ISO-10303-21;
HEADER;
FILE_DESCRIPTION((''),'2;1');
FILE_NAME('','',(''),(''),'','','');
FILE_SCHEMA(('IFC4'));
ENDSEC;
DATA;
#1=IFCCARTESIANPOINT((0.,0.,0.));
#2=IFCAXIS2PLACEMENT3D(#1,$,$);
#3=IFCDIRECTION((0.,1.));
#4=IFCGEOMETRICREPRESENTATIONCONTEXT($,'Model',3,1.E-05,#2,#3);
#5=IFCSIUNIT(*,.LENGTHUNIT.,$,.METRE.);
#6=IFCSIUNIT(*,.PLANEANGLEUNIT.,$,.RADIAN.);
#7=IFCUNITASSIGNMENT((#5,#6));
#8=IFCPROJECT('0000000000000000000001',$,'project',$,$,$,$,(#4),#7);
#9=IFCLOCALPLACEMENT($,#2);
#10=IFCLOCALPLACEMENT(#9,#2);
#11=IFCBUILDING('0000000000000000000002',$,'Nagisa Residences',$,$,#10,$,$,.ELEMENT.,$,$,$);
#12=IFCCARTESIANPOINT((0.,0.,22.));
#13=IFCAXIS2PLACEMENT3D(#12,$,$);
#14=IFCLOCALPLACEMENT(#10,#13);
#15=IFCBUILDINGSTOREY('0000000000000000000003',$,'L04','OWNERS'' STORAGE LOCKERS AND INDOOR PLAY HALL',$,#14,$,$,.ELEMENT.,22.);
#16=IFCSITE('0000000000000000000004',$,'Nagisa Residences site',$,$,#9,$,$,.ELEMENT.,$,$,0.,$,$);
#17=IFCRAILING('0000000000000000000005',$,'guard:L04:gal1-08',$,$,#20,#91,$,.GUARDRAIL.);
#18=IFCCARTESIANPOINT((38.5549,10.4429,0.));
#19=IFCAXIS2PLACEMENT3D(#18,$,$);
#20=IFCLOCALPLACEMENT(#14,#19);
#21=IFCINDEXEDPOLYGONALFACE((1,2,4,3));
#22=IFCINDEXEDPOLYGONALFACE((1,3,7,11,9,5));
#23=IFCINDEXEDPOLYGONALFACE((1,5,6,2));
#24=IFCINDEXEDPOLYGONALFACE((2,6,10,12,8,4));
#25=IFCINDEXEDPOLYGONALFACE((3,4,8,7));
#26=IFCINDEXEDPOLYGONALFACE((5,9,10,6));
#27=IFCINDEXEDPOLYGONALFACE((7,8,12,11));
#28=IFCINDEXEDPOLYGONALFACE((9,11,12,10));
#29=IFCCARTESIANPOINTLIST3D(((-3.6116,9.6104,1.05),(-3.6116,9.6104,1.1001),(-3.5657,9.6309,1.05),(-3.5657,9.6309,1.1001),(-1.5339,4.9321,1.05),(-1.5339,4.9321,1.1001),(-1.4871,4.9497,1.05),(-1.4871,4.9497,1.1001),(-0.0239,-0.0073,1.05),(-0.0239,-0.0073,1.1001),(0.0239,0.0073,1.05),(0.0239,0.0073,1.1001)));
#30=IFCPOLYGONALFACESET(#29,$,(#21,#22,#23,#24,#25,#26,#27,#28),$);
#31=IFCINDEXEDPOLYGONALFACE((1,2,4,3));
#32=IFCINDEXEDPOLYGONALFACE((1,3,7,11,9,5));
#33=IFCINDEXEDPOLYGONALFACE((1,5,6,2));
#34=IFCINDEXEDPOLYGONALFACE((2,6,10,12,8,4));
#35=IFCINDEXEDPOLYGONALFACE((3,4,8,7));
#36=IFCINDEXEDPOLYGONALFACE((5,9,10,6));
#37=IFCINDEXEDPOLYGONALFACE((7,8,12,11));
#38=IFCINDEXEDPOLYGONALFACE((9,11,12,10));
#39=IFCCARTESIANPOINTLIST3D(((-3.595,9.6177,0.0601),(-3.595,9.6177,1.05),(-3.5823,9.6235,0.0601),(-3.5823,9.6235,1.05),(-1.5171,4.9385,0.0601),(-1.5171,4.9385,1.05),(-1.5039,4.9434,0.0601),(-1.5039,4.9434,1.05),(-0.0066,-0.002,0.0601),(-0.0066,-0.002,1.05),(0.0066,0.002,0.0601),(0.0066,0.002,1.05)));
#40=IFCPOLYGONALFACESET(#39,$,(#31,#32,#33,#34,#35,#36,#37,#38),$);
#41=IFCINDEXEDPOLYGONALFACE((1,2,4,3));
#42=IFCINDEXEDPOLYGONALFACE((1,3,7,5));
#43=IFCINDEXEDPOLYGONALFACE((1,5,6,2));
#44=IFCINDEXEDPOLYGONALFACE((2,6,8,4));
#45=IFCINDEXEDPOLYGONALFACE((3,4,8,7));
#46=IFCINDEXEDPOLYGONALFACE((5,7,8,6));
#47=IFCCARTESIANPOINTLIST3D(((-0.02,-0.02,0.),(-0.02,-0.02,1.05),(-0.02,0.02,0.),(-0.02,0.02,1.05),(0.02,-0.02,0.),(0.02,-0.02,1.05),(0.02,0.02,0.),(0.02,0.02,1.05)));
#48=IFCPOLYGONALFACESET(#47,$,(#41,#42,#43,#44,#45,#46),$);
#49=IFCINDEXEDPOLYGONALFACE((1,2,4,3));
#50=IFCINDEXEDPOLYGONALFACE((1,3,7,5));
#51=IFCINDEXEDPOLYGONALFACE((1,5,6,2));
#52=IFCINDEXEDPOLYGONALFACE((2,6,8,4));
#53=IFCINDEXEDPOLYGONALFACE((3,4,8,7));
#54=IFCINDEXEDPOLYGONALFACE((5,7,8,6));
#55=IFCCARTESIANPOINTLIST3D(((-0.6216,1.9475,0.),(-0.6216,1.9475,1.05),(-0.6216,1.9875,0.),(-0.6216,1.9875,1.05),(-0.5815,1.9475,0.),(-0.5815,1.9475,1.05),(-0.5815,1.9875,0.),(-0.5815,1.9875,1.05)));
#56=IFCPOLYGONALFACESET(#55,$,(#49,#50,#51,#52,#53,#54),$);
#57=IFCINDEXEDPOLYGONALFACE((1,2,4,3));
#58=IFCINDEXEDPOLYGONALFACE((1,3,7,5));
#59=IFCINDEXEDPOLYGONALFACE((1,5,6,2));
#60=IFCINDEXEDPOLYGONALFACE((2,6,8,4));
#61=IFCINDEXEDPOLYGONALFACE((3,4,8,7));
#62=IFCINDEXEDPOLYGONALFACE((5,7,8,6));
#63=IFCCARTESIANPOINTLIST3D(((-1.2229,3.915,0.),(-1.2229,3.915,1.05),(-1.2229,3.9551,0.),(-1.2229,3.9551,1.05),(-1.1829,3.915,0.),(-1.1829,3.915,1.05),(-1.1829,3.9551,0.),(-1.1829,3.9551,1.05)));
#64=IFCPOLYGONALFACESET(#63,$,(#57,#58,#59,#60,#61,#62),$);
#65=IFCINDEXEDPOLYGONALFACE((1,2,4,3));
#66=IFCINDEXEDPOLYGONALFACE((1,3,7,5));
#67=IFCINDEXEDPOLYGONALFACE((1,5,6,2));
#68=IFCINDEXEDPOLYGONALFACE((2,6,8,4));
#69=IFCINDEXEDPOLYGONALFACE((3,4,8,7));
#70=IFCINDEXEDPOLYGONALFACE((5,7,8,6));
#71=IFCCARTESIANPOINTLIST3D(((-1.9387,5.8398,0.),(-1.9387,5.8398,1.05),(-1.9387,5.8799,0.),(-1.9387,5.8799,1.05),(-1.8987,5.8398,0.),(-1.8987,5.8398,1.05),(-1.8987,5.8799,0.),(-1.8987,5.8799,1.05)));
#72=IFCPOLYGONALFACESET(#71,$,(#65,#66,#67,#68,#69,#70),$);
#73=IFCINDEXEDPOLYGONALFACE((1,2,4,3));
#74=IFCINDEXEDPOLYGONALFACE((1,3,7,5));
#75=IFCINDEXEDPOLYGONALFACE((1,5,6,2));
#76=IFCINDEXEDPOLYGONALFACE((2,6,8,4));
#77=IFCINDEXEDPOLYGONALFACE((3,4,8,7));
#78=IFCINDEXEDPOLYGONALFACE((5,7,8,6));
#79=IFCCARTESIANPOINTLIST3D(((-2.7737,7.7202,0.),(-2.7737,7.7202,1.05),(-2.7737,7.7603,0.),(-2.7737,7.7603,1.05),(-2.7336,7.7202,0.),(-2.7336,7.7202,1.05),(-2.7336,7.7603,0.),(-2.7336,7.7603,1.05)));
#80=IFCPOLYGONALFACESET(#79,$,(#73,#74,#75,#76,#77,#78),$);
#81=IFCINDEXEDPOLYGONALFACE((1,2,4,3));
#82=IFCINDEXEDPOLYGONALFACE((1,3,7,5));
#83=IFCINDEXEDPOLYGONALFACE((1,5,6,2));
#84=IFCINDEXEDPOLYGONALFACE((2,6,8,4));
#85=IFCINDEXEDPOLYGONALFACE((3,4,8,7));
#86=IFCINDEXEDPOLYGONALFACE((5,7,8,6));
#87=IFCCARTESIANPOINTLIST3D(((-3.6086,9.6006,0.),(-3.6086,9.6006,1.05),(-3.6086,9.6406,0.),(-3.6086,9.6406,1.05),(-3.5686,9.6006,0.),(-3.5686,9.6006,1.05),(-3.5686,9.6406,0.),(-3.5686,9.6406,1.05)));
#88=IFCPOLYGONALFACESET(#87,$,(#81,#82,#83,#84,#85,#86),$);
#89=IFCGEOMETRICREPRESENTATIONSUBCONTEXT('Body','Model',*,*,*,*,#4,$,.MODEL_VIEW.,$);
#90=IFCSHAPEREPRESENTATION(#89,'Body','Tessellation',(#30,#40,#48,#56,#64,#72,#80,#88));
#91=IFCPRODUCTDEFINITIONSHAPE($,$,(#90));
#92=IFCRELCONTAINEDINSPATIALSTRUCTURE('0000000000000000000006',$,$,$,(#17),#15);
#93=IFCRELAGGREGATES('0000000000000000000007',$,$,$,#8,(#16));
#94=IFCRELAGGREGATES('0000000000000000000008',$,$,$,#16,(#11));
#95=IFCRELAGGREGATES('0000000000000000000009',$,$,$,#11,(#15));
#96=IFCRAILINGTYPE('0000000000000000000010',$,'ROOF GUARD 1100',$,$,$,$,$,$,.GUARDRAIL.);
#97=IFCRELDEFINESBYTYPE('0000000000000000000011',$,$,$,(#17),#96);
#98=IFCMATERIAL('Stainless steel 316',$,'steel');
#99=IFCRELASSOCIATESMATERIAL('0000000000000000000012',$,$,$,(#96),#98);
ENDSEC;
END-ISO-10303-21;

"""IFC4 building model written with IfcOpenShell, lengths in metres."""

from ifc_helpers import new_model, si_unit, direction, frame, origin, origin_2d, place, context, subcontext, project, spatial, polyline, rectangle, outline, extrude, material, type_object, element, save


model = new_model("IFC4")

# Units and contexts
model_context = context("Model", 3, precision=1e-05, world=origin(), true_north=direction((0.0, 1.0)))
body_context = subcontext(model_context, "Body", "Model", "MODEL_VIEW")
ifc_project = project(units=[si_unit("LENGTHUNIT", "METRE"), si_unit("PLANEANGLEUNIT", "RADIAN")], contexts=[model_context])

# Site, building, storey
site_placement = place(None, origin())
site = spatial("IfcSite", under=ifc_project, at=site_placement, Name="Nagisa Residences site", CompositionType="ELEMENT", RefElevation=0.0)
building_placement = place(site_placement, origin())
building = spatial("IfcBuilding", under=site, at=building_placement, Name="Nagisa Residences", CompositionType="ELEMENT")
storey_placement = place(building_placement, frame((0.0, 0.0, 22.0)))
storey = spatial("IfcBuildingStorey", under=building, at=storey_placement, Name="L04", Description="OWNERS' STORAGE LOCKERS AND INDOOR PLAY HALL", CompositionType="ELEMENT", Elevation=22.0)

# Railing
ifc_material_1 = material(Name="Stainless steel 316", Category="steel")
railing_type = type_object("IfcRailingType", Name="ROOF GUARD 1100", PredefinedType="GUARDRAIL", material=ifc_material_1)
railing_1_placement = place(storey_placement, frame((38.5549, 10.4429, 0.0)))
element("IfcRailing", 1, at=railing_1_placement, inside=storey, type_object=railing_type, Name="guard:L04:gal1-08", PredefinedType="GUARDRAIL", context=body_context, shape_type="SweptSolid", body=[
    extrude(outline(polyline([(-1.5339, 4.9321), (-0.0239, -0.0073), (0.0239, 0.0073), (-1.4871, 4.9497), (-3.5657, 9.6309), (-3.6116, 9.6104), (-1.5339, 4.9321)])), frame((0.0, 0.0, 1.05)), (0.0, 0.0, 1.0), 0.05),
    extrude(outline(polyline([(-1.5171, 4.9385), (-0.0066, -0.002), (0.0066, 0.002), (-1.5039, 4.9434), (-3.5823, 9.6235), (-3.595, 9.6177), (-1.5171, 4.9385)])), frame((0.0, 0.0, 0.0601)), (0.0, 0.0, 1.0), 0.99),
    extrude(rectangle(XDim=0.04, YDim=0.04, at=origin_2d()), origin(), (0.0, 0.0, 1.0), 1.05),
    extrude(rectangle(XDim=0.04, YDim=0.04, at=origin_2d()), frame((-0.6016, 1.9675, 0.0)), (0.0, 0.0, 1.0), 1.05),
    extrude(rectangle(XDim=0.04, YDim=0.04, at=origin_2d()), frame((-1.2029, 3.9351, 0.0)), (0.0, 0.0, 1.0), 1.05),
    extrude(rectangle(XDim=0.04, YDim=0.04, at=origin_2d()), frame((-1.9187, 5.8599, 0.0)), (0.0, 0.0, 1.0), 1.05),
    extrude(rectangle(XDim=0.04, YDim=0.04, at=origin_2d()), frame((-2.7537, 7.7402, 0.0)), (0.0, 0.0, 1.0), 1.05),
    extrude(rectangle(XDim=0.04, YDim=0.04, at=origin_2d()), frame((-3.5886, 9.6206, 0.0)), (0.0, 0.0, 1.0), 1.05),
])

save(model, "model.ifc")
